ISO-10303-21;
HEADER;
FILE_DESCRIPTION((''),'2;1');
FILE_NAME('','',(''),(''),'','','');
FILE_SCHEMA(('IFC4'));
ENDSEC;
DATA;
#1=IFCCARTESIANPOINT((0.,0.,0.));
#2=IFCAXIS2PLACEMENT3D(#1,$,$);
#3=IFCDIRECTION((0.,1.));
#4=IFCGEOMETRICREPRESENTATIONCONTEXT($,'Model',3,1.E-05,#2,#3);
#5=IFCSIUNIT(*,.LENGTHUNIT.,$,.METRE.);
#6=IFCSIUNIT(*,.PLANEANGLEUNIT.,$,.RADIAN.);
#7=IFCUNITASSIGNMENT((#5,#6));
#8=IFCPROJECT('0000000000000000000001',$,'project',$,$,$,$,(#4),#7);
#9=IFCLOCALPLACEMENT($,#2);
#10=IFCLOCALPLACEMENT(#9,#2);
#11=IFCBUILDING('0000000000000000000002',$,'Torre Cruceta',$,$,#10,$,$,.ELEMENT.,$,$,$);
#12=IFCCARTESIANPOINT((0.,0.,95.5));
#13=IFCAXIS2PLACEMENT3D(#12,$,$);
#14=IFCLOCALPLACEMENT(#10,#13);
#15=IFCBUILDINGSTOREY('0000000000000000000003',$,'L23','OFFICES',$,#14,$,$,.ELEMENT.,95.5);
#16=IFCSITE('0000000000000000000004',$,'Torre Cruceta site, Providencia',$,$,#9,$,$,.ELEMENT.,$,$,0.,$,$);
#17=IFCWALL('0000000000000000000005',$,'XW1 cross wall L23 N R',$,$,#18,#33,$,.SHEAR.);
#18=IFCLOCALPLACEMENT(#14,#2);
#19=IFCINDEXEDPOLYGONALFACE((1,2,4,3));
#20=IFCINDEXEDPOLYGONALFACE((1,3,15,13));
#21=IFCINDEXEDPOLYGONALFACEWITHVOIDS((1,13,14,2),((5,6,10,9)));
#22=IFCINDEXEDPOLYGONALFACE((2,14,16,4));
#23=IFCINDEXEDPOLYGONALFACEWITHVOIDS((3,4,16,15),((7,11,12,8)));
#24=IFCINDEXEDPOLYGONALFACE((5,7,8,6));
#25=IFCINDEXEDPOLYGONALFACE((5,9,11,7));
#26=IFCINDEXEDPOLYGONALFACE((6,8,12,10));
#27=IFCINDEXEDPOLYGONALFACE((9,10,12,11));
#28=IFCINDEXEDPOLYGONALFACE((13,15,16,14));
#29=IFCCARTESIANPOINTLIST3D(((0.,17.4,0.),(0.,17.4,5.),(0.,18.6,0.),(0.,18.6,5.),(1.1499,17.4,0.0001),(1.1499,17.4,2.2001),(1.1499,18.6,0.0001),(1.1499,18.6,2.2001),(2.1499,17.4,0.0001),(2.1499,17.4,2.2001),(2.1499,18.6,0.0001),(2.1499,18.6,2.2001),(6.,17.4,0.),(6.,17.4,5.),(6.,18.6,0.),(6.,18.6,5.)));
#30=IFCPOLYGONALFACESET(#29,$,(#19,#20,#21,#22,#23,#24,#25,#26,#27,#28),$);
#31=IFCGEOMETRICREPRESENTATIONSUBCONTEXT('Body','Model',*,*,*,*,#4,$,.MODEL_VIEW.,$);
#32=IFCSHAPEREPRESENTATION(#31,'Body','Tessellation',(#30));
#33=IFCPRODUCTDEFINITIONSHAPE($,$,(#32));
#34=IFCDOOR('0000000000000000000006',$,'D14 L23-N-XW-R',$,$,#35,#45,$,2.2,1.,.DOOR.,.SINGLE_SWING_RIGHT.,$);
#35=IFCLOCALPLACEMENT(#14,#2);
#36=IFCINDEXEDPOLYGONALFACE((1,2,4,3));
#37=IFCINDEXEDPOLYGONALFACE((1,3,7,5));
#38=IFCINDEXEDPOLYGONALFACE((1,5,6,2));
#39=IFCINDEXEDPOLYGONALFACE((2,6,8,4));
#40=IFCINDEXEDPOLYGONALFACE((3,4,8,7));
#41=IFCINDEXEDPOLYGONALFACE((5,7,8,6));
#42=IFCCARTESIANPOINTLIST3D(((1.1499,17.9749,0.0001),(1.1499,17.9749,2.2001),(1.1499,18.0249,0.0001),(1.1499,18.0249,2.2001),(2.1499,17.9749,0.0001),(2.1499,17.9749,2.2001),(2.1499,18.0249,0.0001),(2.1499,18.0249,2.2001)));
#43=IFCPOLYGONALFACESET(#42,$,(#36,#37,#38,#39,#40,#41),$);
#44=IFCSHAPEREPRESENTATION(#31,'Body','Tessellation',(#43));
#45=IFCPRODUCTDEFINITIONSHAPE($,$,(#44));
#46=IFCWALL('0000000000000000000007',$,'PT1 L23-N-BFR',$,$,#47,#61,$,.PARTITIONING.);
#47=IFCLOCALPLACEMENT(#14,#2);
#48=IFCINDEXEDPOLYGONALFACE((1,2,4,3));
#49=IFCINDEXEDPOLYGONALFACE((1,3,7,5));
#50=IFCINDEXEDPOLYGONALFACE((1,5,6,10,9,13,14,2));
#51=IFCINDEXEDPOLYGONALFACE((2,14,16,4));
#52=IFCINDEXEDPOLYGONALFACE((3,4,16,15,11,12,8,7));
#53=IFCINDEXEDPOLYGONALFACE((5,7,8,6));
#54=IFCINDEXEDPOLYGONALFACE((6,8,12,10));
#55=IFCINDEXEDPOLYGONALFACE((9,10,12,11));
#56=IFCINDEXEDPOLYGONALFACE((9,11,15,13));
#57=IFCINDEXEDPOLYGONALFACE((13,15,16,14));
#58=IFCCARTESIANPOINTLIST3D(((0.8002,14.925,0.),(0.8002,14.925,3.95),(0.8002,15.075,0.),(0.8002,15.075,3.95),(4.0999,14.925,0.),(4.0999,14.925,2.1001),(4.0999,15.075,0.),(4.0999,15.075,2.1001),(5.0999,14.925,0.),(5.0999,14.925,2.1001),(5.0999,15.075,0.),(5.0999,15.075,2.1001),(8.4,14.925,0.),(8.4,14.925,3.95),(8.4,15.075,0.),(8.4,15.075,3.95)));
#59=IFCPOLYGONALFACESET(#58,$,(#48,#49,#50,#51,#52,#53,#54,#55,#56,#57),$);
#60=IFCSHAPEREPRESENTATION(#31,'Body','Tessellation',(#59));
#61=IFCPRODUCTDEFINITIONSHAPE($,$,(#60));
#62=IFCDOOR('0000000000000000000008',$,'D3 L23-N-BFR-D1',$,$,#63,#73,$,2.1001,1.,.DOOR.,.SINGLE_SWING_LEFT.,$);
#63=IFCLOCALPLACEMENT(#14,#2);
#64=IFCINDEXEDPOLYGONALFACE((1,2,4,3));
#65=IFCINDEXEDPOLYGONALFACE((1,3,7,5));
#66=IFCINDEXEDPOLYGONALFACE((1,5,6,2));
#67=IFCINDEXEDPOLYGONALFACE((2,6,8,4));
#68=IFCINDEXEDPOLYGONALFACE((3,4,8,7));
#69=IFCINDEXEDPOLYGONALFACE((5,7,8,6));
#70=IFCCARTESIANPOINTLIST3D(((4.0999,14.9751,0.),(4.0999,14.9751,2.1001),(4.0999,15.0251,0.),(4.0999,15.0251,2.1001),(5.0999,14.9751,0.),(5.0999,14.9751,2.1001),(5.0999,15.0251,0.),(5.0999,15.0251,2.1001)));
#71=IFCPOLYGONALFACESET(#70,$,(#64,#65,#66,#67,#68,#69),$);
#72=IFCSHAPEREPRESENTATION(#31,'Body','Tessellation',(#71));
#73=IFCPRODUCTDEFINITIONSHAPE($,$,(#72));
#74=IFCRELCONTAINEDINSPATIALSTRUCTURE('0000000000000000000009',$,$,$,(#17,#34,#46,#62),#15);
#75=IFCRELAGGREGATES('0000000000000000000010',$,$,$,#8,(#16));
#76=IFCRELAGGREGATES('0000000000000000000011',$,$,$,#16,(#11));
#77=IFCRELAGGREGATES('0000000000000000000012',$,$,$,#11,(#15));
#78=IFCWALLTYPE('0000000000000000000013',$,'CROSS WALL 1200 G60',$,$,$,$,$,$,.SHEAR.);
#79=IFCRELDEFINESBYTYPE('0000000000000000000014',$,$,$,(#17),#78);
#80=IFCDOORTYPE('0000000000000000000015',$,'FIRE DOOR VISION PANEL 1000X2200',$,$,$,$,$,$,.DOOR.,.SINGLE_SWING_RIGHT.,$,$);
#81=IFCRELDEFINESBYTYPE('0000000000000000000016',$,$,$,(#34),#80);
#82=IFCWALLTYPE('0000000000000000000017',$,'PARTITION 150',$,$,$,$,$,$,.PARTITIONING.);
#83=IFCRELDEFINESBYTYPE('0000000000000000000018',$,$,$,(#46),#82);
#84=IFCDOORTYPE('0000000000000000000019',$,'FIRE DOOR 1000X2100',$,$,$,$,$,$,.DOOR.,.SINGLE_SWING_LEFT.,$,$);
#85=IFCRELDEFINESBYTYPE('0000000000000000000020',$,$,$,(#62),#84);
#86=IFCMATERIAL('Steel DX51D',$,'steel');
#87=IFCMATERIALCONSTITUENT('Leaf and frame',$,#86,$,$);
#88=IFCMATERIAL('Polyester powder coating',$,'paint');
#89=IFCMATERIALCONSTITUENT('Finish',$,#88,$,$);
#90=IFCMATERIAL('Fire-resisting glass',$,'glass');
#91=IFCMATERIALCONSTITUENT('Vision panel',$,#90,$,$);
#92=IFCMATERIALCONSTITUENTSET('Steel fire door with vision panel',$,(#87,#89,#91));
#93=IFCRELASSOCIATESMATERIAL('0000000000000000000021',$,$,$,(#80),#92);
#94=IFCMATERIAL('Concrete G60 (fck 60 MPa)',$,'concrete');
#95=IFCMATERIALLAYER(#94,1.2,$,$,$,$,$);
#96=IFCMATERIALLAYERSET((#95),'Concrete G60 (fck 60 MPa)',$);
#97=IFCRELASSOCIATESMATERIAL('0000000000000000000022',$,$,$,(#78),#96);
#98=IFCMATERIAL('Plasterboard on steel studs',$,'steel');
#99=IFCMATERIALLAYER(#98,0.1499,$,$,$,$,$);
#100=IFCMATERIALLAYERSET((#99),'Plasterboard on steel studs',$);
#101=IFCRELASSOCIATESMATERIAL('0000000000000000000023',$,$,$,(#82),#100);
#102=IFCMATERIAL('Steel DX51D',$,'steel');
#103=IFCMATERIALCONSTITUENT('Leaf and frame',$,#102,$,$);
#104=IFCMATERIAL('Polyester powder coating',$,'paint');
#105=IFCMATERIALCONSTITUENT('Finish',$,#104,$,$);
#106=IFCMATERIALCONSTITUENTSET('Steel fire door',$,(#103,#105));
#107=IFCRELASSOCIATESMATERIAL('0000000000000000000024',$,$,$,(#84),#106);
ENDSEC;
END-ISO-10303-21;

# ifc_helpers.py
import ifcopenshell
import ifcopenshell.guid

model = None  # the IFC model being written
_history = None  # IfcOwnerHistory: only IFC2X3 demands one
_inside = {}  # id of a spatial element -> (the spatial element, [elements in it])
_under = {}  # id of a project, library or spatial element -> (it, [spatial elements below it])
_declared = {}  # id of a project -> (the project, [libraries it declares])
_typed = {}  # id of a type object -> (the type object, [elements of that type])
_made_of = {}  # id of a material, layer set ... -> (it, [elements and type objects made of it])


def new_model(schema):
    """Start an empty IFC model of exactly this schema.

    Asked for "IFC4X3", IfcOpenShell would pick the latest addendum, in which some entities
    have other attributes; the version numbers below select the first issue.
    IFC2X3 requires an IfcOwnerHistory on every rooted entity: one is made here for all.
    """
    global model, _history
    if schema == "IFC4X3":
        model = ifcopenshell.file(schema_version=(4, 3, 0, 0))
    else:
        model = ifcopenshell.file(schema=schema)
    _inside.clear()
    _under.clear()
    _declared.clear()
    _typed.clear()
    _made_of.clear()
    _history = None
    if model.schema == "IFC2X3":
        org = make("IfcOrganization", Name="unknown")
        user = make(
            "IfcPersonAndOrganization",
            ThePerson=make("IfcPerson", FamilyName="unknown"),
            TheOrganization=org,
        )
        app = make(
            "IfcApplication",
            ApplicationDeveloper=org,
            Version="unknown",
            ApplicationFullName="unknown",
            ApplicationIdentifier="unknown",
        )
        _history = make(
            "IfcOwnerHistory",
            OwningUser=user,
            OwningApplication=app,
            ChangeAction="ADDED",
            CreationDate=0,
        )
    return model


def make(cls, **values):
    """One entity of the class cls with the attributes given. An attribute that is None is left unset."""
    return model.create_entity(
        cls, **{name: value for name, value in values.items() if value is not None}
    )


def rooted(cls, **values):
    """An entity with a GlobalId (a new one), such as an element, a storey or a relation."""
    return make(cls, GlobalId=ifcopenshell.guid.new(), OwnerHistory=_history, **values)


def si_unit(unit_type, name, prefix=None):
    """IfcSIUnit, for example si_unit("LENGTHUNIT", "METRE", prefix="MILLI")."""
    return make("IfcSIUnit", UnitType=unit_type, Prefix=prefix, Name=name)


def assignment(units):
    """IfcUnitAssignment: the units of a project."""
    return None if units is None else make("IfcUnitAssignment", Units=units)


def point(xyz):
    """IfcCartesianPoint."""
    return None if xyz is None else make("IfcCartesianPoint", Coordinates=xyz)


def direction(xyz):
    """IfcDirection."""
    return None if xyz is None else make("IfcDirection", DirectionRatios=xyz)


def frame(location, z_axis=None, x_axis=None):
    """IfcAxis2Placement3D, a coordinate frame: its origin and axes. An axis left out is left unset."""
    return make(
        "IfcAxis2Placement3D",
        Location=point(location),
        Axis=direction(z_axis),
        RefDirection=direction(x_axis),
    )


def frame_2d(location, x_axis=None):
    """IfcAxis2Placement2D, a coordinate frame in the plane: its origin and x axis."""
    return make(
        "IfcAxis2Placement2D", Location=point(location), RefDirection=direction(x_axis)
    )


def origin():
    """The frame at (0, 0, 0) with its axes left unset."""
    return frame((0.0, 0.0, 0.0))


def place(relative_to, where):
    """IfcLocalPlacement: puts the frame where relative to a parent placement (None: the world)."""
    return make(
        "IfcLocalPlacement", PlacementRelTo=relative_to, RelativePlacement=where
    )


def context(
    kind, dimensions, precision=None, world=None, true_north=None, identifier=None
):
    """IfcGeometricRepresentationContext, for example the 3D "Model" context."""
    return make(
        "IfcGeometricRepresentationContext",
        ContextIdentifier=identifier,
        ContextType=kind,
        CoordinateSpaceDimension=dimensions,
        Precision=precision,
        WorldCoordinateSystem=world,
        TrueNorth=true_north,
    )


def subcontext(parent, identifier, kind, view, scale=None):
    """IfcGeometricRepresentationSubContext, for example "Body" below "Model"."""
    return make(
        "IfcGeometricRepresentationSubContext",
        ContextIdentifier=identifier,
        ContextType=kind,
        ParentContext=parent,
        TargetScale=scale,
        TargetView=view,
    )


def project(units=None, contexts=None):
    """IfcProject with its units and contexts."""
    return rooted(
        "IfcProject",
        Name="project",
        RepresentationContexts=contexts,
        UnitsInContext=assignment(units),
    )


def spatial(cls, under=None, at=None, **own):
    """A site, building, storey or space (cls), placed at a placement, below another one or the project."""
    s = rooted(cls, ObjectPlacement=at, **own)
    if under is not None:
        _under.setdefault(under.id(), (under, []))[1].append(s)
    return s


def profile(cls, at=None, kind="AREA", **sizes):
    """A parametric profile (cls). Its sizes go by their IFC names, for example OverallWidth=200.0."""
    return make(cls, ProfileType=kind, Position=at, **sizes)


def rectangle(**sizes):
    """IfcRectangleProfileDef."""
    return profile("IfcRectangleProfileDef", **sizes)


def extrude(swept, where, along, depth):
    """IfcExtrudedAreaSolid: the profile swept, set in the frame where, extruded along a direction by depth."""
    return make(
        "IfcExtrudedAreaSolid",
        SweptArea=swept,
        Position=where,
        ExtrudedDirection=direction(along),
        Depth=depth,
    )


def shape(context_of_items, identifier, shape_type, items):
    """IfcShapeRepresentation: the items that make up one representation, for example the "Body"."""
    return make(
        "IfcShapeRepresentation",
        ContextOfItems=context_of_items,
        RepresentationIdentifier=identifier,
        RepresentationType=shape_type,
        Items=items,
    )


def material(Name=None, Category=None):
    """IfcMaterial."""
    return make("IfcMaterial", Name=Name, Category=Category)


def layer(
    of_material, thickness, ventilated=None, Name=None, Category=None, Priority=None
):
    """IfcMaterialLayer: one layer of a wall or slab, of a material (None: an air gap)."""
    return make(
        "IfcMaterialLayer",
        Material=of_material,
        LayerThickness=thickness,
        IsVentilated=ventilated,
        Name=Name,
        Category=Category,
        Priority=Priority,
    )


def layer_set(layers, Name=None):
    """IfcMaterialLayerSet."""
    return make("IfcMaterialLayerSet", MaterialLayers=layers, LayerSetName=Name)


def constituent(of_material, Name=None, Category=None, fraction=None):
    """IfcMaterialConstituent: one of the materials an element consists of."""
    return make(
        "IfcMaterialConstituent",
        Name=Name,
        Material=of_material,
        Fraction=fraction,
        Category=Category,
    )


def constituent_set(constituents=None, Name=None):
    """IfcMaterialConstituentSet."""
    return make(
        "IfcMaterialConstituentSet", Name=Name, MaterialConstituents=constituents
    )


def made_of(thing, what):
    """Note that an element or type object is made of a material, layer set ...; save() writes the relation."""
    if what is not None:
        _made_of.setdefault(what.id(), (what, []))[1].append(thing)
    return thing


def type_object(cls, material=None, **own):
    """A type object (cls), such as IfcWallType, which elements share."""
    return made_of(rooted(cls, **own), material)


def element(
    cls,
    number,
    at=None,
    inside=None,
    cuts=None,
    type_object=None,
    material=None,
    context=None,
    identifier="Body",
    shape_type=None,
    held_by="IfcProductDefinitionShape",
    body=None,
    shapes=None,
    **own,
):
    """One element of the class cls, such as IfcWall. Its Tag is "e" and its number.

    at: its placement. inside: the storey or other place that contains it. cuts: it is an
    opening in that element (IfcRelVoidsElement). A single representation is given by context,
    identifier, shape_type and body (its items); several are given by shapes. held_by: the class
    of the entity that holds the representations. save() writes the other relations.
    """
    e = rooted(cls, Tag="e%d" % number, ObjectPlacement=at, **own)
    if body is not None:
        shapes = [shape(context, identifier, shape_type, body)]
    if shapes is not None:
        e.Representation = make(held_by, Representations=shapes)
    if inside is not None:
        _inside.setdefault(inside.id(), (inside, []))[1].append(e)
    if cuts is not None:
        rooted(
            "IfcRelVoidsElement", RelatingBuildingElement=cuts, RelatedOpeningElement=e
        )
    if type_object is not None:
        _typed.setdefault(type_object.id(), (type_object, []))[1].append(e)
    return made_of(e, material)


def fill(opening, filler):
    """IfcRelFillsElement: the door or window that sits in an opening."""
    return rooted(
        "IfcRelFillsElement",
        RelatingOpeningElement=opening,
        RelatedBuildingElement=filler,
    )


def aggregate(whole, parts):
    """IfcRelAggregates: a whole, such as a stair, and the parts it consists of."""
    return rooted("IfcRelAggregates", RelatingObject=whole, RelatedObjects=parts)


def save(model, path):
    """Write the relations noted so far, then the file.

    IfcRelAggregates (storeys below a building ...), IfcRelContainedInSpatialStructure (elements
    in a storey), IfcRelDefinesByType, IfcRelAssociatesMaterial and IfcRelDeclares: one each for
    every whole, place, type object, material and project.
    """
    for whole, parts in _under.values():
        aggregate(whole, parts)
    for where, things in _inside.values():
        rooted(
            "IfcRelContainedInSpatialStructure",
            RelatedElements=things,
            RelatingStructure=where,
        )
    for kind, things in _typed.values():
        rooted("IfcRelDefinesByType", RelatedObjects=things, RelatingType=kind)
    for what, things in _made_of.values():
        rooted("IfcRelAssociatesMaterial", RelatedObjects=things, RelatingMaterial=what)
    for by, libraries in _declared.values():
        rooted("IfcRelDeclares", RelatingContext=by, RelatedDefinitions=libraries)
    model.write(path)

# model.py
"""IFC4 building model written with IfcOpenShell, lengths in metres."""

from ifc_helpers import new_model, si_unit, direction, frame, frame_2d, origin, place, context, subcontext, project, spatial, rectangle, extrude, material, layer, layer_set, constituent, constituent_set, type_object, element, fill, save


model = new_model("IFC4")

# Units and contexts
model_context = context("Model", 3, precision=1e-05, world=origin(), true_north=direction((0.0, 1.0)))
body_context = subcontext(model_context, "Body", "Model", "MODEL_VIEW")
ifc_project = project(units=[si_unit("LENGTHUNIT", "METRE"), si_unit("PLANEANGLEUNIT", "RADIAN")], contexts=[model_context])

# Site, building, storey
site_placement = place(None, origin())
site = spatial("IfcSite", under=ifc_project, at=site_placement, Name="Torre Cruceta site, Providencia", CompositionType="ELEMENT", RefElevation=0.0)
building_placement = place(site_placement, origin())
building = spatial("IfcBuilding", under=site, at=building_placement, Name="Torre Cruceta", CompositionType="ELEMENT")
storey_placement = place(building_placement, frame((0.0, 0.0, 95.5)))
storey = spatial("IfcBuildingStorey", under=building, at=storey_placement, Name="L23", Description="OFFICES", CompositionType="ELEMENT", Elevation=95.5)

# Walls, openings, doors
ifc_material_1 = material(Name="Steel DX51D", Category="steel")
ifc_constituent_1 = constituent(ifc_material_1, Name="Leaf and frame")
ifc_material_2 = material(Name="Polyester powder coating", Category="paint")
ifc_constituent_2 = constituent(ifc_material_2, Name="Finish")
ifc_material_3 = material(Name="Fire-resisting glass", Category="glass")
ifc_constituent_3 = constituent(ifc_material_3, Name="Vision panel")
ifc_constituent_set_1 = constituent_set(constituents=[ifc_constituent_1, ifc_constituent_2, ifc_constituent_3], Name="Steel fire door with vision panel")
door_type_1 = type_object("IfcDoorType", Name="FIRE DOOR VISION PANEL 1000X2200", OperationType="SINGLE_SWING_RIGHT", PredefinedType="DOOR", material=ifc_constituent_set_1)
ifc_material_4 = material(Name="Concrete G60 (fck 60 MPa)", Category="concrete")
ifc_layer_1 = layer(ifc_material_4, 1.2)
ifc_layer_set_1 = layer_set([ifc_layer_1], Name="Concrete G60 (fck 60 MPa)")
wall_type_1 = type_object("IfcWallType", Name="CROSS WALL 1200 G60", PredefinedType="SHEAR", material=ifc_layer_set_1)
wall_1_placement = place(storey_placement, frame((0.0, 18.0, 0.0), z_axis=(0.0, 0.0, 1.0), x_axis=(1.0, 0.0, 0.0)))
wall_1 = element("IfcWall", 1, at=wall_1_placement, inside=storey, type_object=wall_type_1, Name="XW1 cross wall L23 N R", PredefinedType="SHEAR", context=body_context, shape_type="SweptSolid", body=[
    extrude(rectangle(XDim=6.0, YDim=1.2, at=frame_2d((3.0, 0.0))), origin(), (0.0, 0.0, 1.0), 5.0),
])
opening_1_placement = place(wall_1_placement, frame((1.1499, 0.0, 0.0)))
opening_1 = element("IfcOpeningElement", 2, at=opening_1_placement, cuts=wall_1, PredefinedType="OPENING", context=body_context, shape_type="SweptSolid", body=[
    extrude(rectangle(XDim=1.0, YDim=2.2, at=frame_2d((0.5, 1.1001))), frame((0.0, 0.6099, 0.0), z_axis=(0.0, -1.0, 0.0), x_axis=(1.0, 0.0, 0.0)), (0.0, 0.0, 1.0), 1.22),
])
door_1_placement = place(opening_1_placement, frame((1.0, 0.0, 0.0), z_axis=(0.0, 0.0, 1.0), x_axis=(-1.0, 0.0, 0.0)))
door_1 = element("IfcDoor", 3, at=door_1_placement, inside=storey, type_object=door_type_1, Name="D14 L23-N-XW-R", OperationType="SINGLE_SWING_RIGHT", OverallHeight=2.2, OverallWidth=1.0, PredefinedType="DOOR", context=body_context, shape_type="SweptSolid", body=[
    extrude(rectangle(XDim=1.0, YDim=2.2, at=frame_2d((0.5, 1.1001))), frame((0.0, 0.0251, 0.0), z_axis=(0.0, -1.0, 0.0), x_axis=(1.0, 0.0, 0.0)), (0.0, 0.0, 1.0), 0.05),
])
fill(opening_1, door_1)
ifc_material_5 = material(Name="Plasterboard on steel studs", Category="steel")
ifc_layer_2 = layer(ifc_material_5, 0.1499)
ifc_layer_set_2 = layer_set([ifc_layer_2], Name="Plasterboard on steel studs")
wall_type_2 = type_object("IfcWallType", Name="PARTITION 150", PredefinedType="PARTITIONING", material=ifc_layer_set_2)
wall_2_placement = place(storey_placement, frame((8.3999, 15.0, 0.0), z_axis=(0.0, 0.0, 1.0), x_axis=(-1.0, 0.0, 0.0)))
wall_2 = element("IfcWall", 4, at=wall_2_placement, inside=storey, type_object=wall_type_2, Name="PT1 L23-N-BFR", PredefinedType="PARTITIONING", context=body_context, shape_type="SweptSolid", body=[
    extrude(rectangle(XDim=7.5999, YDim=0.1499, at=frame_2d((3.7998, 0.0))), origin(), (0.0, 0.0, 1.0), 3.95),
])
opening_2_placement = place(wall_2_placement, frame((3.3, 0.0, 0.0)))
opening_2 = element("IfcOpeningElement", 5, at=opening_2_placement, cuts=wall_2, PredefinedType="OPENING", context=body_context, shape_type="SweptSolid", body=[
    extrude(rectangle(XDim=1.0, YDim=2.1001, at=frame_2d((0.5, 1.05))), frame((0.0, 0.085, 0.0), z_axis=(0.0, -1.0, 0.0), x_axis=(1.0, 0.0, 0.0)), (0.0, 0.0, 1.0), 0.1699),
])
ifc_material_6 = material(Name="Steel DX51D", Category="steel")
ifc_constituent_4 = constituent(ifc_material_6, Name="Leaf and frame")
ifc_material_7 = material(Name="Polyester powder coating", Category="paint")
ifc_constituent_5 = constituent(ifc_material_7, Name="Finish")
ifc_constituent_set_2 = constituent_set(constituents=[ifc_constituent_4, ifc_constituent_5], Name="Steel fire door")
door_type_2 = type_object("IfcDoorType", Name="FIRE DOOR 1000X2100", OperationType="SINGLE_SWING_LEFT", PredefinedType="DOOR", material=ifc_constituent_set_2)
door_2_placement = place(opening_2_placement, frame((1.0, 0.0, 0.0), z_axis=(0.0, 0.0, 1.0), x_axis=(-1.0, 0.0, 0.0)))
door_2 = element("IfcDoor", 6, at=door_2_placement, inside=storey, type_object=door_type_2, Name="D3 L23-N-BFR-D1", OperationType="SINGLE_SWING_LEFT", OverallHeight=2.1001, OverallWidth=1.0, PredefinedType="DOOR", context=body_context, shape_type="SweptSolid", body=[
    extrude(rectangle(XDim=1.0, YDim=2.1001, at=frame_2d((0.5, 1.05))), frame((0.0, 0.0251, 0.0), z_axis=(0.0, -1.0, 0.0), x_axis=(1.0, 0.0, 0.0)), (0.0, 0.0, 1.0), 0.05),
])
fill(opening_2, door_2)

save(model, "model.ifc")
